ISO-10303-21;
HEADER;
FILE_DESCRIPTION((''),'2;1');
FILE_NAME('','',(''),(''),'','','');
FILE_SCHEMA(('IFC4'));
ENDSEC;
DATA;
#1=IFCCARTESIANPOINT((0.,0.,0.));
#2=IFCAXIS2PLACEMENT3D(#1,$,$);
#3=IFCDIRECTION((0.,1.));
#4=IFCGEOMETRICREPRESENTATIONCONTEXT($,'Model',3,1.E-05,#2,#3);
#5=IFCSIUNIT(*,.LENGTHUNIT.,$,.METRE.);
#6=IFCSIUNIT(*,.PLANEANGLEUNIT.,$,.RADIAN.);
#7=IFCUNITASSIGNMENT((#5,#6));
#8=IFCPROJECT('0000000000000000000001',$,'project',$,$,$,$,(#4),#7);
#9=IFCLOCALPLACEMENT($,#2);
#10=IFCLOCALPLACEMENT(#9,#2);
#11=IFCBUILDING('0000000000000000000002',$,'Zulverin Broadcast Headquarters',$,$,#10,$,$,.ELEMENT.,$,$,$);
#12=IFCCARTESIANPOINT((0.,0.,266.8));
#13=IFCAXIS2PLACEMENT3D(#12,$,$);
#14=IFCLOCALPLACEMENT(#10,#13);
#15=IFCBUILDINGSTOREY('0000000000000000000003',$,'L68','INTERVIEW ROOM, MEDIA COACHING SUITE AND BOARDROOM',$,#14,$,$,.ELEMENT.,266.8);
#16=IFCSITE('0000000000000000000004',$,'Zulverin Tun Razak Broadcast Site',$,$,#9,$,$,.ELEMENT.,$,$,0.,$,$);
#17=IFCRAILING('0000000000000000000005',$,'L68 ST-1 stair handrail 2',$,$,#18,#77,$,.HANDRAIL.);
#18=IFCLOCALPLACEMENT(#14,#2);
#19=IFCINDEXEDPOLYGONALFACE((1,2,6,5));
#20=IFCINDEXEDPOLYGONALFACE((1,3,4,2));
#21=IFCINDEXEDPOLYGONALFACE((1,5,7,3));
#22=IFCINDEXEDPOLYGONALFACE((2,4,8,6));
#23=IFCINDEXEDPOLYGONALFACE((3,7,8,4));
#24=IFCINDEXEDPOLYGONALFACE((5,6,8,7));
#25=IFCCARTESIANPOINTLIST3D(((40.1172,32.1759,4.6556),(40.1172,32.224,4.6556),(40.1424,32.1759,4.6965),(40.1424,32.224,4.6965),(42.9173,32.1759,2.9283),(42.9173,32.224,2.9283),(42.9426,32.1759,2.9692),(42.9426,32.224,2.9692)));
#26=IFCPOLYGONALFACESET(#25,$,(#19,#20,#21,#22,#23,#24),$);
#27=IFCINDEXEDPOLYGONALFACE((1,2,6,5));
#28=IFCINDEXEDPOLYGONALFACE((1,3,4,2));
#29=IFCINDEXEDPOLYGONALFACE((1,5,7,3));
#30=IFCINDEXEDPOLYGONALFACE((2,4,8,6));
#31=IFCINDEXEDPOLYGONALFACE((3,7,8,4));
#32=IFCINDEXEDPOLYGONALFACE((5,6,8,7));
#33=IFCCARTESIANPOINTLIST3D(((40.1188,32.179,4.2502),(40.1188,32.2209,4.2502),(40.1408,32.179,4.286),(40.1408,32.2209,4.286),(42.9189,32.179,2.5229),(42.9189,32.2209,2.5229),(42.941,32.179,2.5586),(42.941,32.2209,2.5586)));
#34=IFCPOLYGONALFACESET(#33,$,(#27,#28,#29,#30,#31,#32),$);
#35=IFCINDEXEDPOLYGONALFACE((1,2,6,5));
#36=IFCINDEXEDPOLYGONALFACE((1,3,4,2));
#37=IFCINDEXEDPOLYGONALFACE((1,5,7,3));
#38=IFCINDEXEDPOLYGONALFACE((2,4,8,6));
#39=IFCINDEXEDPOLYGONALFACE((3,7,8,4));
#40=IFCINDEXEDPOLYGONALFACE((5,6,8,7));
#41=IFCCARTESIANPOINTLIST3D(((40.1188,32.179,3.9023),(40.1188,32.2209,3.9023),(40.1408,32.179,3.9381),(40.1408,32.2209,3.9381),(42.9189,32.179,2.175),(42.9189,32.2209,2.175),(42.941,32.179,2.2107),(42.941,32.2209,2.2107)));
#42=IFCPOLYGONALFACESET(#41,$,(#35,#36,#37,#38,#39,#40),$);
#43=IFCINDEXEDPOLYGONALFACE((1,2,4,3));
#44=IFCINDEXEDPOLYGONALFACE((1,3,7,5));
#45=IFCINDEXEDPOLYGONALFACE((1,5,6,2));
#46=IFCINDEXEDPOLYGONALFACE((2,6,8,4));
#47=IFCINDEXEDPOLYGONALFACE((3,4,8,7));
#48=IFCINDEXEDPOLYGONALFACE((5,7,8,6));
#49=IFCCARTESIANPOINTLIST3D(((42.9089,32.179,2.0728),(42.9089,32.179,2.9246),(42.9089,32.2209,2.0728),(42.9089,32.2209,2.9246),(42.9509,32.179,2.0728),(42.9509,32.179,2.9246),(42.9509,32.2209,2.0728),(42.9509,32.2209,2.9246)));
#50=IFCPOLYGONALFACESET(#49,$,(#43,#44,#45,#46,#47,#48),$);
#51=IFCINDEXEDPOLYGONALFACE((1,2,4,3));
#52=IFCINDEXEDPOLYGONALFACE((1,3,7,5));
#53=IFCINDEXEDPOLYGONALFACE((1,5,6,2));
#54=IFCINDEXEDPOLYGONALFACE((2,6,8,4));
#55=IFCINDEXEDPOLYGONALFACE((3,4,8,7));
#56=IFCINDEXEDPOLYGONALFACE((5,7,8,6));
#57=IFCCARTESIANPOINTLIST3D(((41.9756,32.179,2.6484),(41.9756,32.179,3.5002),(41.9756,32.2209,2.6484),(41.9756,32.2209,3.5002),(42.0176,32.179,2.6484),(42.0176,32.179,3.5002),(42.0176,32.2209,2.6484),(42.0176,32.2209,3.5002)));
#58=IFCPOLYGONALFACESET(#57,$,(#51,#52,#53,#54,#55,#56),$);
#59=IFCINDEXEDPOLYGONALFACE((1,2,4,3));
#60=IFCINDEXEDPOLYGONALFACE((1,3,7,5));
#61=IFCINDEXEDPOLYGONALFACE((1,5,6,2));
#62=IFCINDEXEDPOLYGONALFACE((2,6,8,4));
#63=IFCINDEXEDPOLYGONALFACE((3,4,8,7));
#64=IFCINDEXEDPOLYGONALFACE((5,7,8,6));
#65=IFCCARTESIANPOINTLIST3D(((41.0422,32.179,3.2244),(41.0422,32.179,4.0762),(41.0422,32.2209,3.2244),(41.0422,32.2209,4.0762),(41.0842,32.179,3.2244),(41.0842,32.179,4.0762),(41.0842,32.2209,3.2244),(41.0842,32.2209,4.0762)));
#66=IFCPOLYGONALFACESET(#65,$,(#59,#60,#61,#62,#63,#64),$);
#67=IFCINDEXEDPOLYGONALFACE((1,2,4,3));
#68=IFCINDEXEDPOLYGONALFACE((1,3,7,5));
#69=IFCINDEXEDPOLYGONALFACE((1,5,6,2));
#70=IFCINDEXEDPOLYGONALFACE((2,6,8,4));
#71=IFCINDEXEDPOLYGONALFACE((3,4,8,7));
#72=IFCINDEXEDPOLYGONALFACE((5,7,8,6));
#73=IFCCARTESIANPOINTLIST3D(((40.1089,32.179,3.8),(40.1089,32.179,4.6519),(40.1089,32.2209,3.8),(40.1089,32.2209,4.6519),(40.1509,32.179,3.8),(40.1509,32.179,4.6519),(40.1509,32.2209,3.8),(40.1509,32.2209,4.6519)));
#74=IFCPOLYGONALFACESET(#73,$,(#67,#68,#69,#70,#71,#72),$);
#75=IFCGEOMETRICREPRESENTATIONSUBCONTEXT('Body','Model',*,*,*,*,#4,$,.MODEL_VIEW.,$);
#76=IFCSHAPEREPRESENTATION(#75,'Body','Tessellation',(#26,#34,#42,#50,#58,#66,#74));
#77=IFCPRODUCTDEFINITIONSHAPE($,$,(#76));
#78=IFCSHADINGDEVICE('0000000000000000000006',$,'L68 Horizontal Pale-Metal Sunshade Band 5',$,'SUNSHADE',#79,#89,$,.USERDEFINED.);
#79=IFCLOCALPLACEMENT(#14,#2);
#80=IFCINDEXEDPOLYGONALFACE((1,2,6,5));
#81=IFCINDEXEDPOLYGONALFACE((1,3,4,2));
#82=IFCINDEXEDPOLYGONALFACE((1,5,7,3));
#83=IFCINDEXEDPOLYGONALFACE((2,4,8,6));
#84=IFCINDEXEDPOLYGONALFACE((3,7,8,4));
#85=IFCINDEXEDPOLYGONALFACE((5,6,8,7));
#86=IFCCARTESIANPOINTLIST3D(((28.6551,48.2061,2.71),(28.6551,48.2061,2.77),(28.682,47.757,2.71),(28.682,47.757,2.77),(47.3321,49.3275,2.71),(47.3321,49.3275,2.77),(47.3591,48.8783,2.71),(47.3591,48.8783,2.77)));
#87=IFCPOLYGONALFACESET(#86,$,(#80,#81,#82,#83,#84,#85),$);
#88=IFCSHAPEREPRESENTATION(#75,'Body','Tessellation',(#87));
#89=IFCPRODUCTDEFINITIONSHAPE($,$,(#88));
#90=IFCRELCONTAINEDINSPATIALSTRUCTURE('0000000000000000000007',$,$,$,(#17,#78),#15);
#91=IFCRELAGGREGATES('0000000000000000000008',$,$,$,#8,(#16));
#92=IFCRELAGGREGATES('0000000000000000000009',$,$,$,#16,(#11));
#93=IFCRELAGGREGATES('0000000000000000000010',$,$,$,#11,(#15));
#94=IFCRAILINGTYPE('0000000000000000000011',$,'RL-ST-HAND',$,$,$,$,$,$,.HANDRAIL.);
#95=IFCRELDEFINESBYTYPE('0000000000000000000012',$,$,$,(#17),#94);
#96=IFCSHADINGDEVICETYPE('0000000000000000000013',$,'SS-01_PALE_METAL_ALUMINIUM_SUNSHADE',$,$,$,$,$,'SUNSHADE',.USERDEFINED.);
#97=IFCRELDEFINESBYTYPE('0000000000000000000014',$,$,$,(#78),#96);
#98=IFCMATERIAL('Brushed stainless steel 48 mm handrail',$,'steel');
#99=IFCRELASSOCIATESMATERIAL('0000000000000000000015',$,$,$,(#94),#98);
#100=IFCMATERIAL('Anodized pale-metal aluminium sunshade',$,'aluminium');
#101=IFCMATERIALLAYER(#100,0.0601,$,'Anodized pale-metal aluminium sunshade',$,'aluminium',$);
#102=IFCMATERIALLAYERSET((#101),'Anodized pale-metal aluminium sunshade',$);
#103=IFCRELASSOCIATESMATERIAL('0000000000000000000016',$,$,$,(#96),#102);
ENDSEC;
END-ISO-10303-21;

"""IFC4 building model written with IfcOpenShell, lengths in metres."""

from ifc_helpers import new_model, si_unit, direction, frame, origin, origin_2d, place, context, subcontext, project, spatial, rectangle, extrude, material, layer, layer_set, type_object, element, save


model = new_model("IFC4")

# Units and contexts
model_context = context("Model", 3, precision=1e-05, world=origin(), true_north=direction((0.0, 1.0)))
body_context = subcontext(model_context, "Body", "Model", "MODEL_VIEW")
ifc_project = project(units=[si_unit("LENGTHUNIT", "METRE"), si_unit("PLANEANGLEUNIT", "RADIAN")], contexts=[model_context])

# Site, building, storey
site_placement = place(None, origin())
site = spatial("IfcSite", under=ifc_project, at=site_placement, Name="Zulverin Tun Razak Broadcast Site", CompositionType="ELEMENT", RefElevation=0.0)
building_placement = place(site_placement, origin())
building = spatial("IfcBuilding", under=site, at=building_placement, Name="Zulverin Broadcast Headquarters", CompositionType="ELEMENT")
storey_placement = place(building_placement, frame((0.0, 0.0, 266.8)))
storey = spatial("IfcBuildingStorey", under=building, at=storey_placement, Name="L68", Description="INTERVIEW ROOM, MEDIA COACHING SUITE AND BOARDROOM", CompositionType="ELEMENT", Elevation=266.8)

# Railing
ifc_material_1 = material(Name="Brushed stainless steel 48 mm handrail", Category="steel")
railing_type_1 = type_object("IfcRailingType", Name="RL-ST-HAND", PredefinedType="HANDRAIL", material=ifc_material_1)
railing_1_placement = place(storey_placement, frame((42.9299, 32.2, 2.0728)))
element("IfcRailing", 1, at=railing_1_placement, inside=storey, type_object=railing_type_1, Name="L68 ST-1 stair handrail 2", PredefinedType="HANDRAIL", context=body_context, shape_type="SweptSolid", body=[
    extrude(rectangle(XDim=0.0481, YDim=0.0481, at=origin_2d()), frame((0.0, 0.0, 0.876), z_axis=(-0.85109, 0.0, 0.52502), x_axis=(0.0, -1.0, 0.0)), (0.0, 0.0, 1.0), 3.29),
    extrude(rectangle(XDim=0.042, YDim=0.042, at=origin_2d()), frame((0.0, 0.0, 0.468), z_axis=(-0.85109, 0.0, 0.52502), x_axis=(0.0, -1.0, 0.0)), (0.0, 0.0, 1.0), 3.29),
    extrude(rectangle(XDim=0.042, YDim=0.042, at=origin_2d()), frame((0.0, 0.0, 0.1201), z_axis=(-0.85109, 0.0, 0.52502), x_axis=(0.0, -1.0, 0.0)), (0.0, 0.0, 1.0), 3.29),
    extrude(rectangle(XDim=0.042, YDim=0.042, at=origin_2d()), origin(), (0.0, 0.0, 1.0), 0.8518),
    extrude(rectangle(XDim=0.042, YDim=0.042, at=origin_2d()), frame((-0.9333, 0.0, 0.5757)), (0.0, 0.0, 1.0), 0.8518),
    extrude(rectangle(XDim=0.042, YDim=0.042, at=origin_2d()), frame((-1.8667, 0.0, 1.1516)), (0.0, 0.0, 1.0), 0.8518),
    extrude(rectangle(XDim=0.042, YDim=0.042, at=origin_2d()), frame((-2.8, 0.0, 1.7273)), (0.0, 0.0, 1.0), 0.8518),
])

# Shading device
ifc_material_2 = material(Name="Anodized pale-metal aluminium sunshade", Category="aluminium")
ifc_layer_1 = layer(ifc_material_2, 0.0601, Name="Anodized pale-metal aluminium sunshade", Category="aluminium")
ifc_layer_set_1 = layer_set([ifc_layer_1], Name="Anodized pale-metal aluminium sunshade")
shading_device_type = type_object("IfcShadingDeviceType", Name="SS-01_PALE_METAL_ALUMINIUM_SUNSHADE", ElementType="SUNSHADE", PredefinedType="USERDEFINED", material=ifc_layer_set_1)
shading_device_placement = place(storey_placement, frame((38.0071, 48.5422, 2.71), z_axis=(0.0, 0.0, 1.0), x_axis=(-0.998203, -0.05993, 0.0)))
element("IfcShadingDevice", 2, at=shading_device_placement, inside=storey, type_object=shading_device_type, Name="L68 Horizontal Pale-Metal Sunshade Band 5", ObjectType="SUNSHADE", PredefinedType="USERDEFINED", context=body_context, shape_type="SweptSolid", body=[
    extrude(rectangle(XDim=18.7107, YDim=0.45, at=origin_2d()), origin(), (0.0, 0.0, 1.0), 0.0601),
])

save(model, "model.ifc")
